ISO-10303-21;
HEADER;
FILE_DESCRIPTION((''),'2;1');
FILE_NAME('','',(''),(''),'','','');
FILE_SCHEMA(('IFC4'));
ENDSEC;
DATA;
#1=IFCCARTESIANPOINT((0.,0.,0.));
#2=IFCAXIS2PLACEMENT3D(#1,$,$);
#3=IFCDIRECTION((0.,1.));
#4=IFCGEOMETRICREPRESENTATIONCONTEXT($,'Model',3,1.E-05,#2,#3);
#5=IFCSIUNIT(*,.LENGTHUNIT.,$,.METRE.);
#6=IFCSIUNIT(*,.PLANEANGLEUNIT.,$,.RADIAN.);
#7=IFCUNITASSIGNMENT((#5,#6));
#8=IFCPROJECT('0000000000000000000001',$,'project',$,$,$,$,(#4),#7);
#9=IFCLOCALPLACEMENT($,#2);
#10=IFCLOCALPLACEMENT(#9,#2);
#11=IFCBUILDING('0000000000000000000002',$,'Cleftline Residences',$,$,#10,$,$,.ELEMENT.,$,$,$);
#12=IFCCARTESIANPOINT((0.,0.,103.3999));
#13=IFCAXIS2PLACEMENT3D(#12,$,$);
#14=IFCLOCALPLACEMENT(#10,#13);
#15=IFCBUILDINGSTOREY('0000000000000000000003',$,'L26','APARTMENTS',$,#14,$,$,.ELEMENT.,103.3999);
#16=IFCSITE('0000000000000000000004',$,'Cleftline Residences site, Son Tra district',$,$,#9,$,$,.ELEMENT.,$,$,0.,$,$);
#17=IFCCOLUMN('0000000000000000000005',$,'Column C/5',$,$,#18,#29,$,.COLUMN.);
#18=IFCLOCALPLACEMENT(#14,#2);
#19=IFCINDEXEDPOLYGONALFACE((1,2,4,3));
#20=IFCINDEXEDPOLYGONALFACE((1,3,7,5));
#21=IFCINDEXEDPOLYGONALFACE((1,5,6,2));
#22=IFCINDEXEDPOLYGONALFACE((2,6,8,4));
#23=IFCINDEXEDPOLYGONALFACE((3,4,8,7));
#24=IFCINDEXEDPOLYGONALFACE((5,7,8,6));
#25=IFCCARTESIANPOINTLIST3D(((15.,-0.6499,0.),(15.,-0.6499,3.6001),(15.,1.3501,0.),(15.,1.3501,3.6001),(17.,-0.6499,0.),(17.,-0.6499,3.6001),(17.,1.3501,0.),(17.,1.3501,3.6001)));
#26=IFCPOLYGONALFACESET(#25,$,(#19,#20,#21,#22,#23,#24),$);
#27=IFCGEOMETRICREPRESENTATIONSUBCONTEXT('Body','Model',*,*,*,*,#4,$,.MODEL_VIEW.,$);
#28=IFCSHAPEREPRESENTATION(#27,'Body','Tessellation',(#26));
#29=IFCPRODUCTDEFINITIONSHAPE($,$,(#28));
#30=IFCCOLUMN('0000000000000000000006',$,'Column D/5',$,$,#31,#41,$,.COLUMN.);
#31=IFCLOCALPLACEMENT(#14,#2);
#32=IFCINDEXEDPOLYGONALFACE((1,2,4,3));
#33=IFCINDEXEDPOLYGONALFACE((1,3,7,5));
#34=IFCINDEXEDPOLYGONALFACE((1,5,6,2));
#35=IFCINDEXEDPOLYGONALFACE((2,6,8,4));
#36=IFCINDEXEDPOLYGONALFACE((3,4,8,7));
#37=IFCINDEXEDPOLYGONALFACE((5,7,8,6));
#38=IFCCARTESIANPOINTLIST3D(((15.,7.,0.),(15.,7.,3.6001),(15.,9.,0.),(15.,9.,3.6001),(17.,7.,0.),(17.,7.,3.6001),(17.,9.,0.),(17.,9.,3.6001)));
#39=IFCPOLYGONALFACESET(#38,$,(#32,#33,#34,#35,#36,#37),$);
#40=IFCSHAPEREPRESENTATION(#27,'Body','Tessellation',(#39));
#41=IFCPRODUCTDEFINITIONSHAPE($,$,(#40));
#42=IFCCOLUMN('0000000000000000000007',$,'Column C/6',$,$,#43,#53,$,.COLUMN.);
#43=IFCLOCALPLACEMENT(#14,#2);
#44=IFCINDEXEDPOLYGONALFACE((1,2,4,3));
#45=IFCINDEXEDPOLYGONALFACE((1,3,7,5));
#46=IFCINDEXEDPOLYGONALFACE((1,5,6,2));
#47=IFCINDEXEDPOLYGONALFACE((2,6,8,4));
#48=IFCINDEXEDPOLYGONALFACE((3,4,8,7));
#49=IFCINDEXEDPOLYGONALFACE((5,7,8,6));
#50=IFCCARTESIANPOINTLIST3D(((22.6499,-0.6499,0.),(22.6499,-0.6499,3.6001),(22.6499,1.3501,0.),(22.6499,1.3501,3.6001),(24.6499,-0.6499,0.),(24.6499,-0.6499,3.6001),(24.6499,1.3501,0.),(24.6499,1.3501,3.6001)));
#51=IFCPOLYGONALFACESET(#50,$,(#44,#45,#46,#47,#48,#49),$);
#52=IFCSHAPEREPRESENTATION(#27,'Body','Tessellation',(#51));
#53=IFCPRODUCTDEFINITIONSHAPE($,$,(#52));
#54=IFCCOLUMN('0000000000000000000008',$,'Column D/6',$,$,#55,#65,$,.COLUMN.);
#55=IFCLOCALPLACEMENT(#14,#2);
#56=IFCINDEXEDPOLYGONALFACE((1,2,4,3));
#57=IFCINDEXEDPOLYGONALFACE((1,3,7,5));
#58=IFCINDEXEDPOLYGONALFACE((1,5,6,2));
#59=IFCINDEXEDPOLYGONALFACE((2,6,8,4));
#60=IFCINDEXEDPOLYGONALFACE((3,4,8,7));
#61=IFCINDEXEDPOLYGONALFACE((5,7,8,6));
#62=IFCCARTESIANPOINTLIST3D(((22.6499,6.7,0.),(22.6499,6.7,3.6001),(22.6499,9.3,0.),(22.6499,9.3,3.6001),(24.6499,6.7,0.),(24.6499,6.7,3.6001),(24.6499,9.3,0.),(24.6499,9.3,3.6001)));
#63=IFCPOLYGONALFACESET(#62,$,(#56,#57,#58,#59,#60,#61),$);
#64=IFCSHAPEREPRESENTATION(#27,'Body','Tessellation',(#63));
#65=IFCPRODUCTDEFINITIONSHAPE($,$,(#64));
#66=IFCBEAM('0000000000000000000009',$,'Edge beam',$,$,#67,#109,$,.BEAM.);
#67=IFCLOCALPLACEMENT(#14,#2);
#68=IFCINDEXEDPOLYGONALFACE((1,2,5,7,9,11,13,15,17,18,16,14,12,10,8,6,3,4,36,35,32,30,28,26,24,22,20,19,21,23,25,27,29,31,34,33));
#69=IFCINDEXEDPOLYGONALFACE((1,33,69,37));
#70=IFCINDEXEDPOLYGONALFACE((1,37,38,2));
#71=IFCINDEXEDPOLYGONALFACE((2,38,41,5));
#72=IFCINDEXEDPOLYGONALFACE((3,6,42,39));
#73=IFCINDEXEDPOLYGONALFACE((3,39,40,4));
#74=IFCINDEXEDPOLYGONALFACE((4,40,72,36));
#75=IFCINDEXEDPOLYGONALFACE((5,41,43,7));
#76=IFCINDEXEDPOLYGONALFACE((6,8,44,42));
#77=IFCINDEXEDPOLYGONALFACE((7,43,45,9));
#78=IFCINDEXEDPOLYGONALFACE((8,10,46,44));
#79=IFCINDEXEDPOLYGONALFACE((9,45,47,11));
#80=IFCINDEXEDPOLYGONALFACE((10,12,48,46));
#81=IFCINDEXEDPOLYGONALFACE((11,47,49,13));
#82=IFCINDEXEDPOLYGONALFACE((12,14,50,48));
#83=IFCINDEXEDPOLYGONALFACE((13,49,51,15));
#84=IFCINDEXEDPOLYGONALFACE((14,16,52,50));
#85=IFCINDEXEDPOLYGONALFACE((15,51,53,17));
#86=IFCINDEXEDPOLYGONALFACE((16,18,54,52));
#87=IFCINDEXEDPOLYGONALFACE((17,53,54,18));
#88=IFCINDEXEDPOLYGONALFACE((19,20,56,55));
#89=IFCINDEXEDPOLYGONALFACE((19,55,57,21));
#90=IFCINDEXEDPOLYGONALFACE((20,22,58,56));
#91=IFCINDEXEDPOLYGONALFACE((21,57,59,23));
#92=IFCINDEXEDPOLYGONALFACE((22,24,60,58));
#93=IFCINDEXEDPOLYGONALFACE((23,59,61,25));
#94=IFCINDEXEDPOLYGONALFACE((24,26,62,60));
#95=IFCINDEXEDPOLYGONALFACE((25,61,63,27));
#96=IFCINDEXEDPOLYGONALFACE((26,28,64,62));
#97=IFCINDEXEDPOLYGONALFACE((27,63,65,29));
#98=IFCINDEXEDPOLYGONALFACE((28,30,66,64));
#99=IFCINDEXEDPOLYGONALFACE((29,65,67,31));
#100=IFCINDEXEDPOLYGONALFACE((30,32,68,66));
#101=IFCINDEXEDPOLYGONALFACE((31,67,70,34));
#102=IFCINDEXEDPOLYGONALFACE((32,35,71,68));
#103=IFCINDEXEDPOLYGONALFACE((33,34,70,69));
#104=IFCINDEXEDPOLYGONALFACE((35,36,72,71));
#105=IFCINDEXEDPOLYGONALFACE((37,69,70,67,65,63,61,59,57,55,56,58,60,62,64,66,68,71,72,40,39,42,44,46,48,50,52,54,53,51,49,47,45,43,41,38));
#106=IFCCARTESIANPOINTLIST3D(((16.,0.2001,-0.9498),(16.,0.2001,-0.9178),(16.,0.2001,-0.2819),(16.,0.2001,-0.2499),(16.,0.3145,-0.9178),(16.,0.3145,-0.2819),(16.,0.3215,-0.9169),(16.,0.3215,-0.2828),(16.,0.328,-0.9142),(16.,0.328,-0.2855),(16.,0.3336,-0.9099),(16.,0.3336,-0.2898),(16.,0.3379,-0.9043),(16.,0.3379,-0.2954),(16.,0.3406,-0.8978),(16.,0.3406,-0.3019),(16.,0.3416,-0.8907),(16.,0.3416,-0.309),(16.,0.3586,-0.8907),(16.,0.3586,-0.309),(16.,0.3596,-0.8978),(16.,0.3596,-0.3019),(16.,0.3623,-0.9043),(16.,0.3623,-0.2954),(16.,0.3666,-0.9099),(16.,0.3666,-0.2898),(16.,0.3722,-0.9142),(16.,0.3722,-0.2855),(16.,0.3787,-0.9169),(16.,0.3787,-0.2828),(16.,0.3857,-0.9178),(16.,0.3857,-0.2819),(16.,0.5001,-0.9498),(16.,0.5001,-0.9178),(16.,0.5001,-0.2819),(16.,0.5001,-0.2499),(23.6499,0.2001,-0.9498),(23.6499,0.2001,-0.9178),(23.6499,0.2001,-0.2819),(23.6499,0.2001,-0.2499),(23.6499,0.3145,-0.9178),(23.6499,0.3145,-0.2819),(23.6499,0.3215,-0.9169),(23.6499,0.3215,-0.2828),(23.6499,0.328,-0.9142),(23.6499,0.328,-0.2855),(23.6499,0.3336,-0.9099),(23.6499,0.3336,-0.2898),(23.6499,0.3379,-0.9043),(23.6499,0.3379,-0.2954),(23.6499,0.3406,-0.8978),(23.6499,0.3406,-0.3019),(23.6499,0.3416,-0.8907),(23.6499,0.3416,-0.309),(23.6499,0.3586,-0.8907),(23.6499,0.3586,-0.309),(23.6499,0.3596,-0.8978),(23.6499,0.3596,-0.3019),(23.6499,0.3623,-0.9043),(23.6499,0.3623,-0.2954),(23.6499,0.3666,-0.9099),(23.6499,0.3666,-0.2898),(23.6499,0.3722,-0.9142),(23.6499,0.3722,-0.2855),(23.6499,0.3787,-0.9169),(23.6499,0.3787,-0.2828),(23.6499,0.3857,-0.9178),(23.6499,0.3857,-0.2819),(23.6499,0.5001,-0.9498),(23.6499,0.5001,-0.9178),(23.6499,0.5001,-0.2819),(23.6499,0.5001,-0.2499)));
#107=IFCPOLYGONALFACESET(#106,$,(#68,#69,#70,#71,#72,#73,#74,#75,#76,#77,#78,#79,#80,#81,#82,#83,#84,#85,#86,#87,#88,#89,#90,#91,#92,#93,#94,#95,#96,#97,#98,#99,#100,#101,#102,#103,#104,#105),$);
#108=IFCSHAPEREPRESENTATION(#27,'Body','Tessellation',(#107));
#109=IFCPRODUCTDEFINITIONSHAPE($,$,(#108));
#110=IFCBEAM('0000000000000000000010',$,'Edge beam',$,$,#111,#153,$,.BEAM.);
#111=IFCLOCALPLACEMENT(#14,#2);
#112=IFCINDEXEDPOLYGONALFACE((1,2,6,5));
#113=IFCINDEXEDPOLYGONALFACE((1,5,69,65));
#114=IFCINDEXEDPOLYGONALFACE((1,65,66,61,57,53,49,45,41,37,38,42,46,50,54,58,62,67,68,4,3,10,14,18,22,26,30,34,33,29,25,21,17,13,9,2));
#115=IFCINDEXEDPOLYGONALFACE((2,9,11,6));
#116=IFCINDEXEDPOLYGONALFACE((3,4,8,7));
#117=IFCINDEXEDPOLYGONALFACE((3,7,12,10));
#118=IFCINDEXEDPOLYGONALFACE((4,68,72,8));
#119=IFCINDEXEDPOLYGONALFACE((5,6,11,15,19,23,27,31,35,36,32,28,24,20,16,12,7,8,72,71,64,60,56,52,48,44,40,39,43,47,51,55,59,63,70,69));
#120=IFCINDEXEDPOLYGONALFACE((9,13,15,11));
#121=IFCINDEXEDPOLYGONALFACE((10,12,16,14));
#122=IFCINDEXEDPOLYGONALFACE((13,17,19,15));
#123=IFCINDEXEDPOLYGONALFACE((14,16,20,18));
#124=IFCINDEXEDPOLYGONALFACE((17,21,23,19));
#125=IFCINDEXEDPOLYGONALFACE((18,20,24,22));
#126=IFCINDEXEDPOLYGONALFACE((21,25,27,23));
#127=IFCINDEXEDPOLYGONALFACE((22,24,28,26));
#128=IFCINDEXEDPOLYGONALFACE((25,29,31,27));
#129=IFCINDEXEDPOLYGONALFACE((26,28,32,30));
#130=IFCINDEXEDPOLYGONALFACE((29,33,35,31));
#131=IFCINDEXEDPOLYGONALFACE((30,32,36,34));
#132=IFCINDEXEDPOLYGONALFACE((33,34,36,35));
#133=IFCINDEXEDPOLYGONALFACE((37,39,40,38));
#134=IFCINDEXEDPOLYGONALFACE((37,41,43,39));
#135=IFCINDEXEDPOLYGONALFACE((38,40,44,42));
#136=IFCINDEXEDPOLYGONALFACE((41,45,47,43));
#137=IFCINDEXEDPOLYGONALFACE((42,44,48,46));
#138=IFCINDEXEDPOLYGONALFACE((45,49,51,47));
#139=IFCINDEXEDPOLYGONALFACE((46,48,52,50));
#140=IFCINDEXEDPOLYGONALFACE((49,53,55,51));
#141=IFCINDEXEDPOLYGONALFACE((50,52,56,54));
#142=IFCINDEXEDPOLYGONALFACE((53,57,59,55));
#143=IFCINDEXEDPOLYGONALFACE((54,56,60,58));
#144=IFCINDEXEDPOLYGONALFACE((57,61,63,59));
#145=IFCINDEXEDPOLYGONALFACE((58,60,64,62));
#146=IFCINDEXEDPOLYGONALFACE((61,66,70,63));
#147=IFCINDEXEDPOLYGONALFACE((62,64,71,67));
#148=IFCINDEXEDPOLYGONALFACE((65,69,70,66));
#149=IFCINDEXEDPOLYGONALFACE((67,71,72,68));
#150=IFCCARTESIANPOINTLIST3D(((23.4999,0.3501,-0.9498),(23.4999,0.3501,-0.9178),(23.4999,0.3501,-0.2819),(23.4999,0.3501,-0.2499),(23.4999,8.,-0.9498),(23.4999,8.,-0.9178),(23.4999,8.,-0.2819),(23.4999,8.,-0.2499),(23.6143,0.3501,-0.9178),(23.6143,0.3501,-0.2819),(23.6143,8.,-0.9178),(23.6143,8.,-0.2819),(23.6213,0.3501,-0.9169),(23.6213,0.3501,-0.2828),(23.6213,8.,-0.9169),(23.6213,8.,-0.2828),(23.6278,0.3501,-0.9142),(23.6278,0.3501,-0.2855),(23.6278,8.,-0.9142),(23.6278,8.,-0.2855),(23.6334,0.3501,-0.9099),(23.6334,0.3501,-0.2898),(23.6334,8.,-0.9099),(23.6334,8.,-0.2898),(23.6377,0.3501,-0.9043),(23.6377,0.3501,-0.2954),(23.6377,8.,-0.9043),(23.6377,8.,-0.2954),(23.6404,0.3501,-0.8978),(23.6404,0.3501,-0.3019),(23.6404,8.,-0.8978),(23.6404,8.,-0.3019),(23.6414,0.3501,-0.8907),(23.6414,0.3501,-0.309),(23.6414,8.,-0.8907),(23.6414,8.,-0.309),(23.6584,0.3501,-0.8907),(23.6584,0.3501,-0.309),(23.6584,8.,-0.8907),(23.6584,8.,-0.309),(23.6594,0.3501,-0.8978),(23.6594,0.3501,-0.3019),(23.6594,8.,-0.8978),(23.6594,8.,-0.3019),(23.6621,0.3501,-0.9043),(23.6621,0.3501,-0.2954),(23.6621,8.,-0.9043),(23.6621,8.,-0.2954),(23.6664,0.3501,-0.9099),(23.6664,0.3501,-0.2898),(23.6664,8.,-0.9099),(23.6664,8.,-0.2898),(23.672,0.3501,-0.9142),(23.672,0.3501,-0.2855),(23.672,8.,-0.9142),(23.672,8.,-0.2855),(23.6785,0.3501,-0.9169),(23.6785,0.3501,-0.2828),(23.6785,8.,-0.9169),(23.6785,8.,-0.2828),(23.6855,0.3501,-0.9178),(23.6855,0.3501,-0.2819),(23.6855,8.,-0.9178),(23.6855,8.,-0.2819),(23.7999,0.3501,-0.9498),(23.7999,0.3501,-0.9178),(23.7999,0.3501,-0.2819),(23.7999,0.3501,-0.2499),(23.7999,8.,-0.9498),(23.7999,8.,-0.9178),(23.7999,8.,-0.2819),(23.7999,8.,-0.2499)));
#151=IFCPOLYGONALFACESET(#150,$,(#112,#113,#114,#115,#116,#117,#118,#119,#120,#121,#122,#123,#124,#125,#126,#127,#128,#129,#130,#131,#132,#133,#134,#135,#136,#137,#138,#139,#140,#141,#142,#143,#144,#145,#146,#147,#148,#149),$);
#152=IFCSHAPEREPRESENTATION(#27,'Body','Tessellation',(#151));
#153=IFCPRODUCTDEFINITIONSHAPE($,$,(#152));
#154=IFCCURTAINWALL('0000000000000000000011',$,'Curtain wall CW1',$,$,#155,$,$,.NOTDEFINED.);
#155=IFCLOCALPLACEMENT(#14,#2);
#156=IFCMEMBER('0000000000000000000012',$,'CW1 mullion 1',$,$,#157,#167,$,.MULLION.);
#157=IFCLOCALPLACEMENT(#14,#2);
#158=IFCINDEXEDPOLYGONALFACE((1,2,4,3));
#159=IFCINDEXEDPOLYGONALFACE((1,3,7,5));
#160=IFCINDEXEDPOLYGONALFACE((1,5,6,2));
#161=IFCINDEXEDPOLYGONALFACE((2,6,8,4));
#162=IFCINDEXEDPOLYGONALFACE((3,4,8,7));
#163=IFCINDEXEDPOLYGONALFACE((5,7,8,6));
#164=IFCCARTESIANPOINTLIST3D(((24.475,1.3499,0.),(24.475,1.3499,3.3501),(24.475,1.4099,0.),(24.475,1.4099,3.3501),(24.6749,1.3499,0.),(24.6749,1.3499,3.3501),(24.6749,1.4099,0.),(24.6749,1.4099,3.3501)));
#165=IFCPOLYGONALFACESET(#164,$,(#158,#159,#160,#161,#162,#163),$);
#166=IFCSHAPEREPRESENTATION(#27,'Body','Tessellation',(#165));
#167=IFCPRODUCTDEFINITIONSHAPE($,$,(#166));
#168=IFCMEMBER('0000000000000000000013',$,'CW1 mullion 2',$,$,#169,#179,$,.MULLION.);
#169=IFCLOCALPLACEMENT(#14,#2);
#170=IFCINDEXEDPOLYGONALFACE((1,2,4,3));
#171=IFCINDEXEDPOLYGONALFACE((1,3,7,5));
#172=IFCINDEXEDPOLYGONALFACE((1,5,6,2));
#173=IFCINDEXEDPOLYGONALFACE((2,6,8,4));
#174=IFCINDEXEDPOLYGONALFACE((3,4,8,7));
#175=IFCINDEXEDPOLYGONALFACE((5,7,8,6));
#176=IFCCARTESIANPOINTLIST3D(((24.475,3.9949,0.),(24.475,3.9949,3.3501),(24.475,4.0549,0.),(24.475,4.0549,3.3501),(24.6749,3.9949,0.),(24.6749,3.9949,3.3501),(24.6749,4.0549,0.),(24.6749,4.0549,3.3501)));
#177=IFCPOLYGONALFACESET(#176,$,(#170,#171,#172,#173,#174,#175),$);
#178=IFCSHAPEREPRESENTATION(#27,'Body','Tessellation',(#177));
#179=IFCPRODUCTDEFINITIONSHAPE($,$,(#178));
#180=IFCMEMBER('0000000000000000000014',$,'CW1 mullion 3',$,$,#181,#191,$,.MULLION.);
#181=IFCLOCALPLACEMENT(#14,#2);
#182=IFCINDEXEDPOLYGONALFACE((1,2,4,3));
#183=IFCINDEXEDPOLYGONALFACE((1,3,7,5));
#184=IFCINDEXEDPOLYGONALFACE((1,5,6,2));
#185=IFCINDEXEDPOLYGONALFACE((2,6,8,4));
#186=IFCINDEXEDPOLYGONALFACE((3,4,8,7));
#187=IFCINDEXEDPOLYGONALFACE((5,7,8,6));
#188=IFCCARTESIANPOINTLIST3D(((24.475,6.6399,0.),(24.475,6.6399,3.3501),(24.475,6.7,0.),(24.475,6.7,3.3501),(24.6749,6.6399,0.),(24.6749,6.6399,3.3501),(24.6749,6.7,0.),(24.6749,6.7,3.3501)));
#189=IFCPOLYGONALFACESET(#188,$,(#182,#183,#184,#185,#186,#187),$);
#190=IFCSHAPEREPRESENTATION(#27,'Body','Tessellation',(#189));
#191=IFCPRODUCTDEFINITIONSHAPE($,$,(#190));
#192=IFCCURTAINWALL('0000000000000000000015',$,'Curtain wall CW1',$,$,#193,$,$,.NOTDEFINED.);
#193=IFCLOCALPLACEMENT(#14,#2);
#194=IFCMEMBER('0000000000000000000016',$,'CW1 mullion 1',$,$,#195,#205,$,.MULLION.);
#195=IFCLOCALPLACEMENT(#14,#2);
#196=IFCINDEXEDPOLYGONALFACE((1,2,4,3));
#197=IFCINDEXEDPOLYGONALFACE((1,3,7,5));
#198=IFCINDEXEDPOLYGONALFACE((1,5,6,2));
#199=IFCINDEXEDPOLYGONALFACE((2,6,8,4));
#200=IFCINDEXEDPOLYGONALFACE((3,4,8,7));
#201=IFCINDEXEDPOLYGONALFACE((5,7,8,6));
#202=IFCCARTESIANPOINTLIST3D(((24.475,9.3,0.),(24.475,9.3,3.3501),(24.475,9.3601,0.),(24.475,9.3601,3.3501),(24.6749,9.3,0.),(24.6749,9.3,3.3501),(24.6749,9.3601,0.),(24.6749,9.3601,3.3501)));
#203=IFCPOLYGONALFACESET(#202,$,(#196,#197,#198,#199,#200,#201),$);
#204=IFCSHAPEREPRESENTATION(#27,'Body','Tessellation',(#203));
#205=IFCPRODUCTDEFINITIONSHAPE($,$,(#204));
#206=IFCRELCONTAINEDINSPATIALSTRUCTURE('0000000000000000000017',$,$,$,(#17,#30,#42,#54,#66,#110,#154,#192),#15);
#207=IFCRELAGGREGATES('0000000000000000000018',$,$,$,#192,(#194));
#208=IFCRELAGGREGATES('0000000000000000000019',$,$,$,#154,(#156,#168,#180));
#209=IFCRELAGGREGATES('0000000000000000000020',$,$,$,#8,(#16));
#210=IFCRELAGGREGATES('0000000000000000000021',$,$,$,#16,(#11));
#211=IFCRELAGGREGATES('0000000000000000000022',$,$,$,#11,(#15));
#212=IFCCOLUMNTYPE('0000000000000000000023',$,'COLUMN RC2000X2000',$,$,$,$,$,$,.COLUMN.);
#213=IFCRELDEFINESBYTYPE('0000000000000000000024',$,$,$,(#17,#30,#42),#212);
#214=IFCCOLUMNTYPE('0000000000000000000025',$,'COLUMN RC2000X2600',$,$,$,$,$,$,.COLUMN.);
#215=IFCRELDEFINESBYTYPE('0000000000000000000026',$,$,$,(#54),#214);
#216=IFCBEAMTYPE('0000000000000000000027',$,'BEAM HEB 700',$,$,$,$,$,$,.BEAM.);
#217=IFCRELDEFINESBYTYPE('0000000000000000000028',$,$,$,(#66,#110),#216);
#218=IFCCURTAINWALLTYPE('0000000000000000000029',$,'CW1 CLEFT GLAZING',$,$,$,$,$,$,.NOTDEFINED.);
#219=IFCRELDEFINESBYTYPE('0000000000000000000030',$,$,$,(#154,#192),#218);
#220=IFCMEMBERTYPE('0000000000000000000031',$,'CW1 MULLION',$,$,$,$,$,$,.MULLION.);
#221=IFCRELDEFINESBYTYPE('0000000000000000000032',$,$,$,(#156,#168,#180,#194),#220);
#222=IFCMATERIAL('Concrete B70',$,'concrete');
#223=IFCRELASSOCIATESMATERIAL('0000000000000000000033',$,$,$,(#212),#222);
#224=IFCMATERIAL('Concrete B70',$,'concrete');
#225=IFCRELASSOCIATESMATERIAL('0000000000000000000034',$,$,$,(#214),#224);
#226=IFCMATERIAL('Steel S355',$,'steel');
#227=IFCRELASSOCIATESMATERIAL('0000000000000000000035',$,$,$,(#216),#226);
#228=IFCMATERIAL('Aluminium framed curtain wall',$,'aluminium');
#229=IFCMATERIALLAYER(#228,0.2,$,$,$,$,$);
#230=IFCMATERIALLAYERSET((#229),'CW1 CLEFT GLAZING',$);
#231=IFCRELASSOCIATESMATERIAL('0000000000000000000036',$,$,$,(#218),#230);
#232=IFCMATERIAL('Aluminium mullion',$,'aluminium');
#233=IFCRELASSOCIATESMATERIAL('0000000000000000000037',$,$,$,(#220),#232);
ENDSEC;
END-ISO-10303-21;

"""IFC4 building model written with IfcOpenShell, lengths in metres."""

from ifc_helpers import new_model, si_unit, direction, frame, origin, origin_2d, place, context, subcontext, project, spatial, rectangle, i_section, extrude, material, layer, layer_set, material_profile, profile_set, type_object, element, aggregate, save


model = new_model("IFC4")

# Units and contexts
model_context = context("Model", 3, precision=1e-05, world=origin(), true_north=direction((0.0, 1.0)))
body_context = subcontext(model_context, "Body", "Model", "MODEL_VIEW")
ifc_project = project(units=[si_unit("LENGTHUNIT", "METRE"), si_unit("PLANEANGLEUNIT", "RADIAN")], contexts=[model_context])

# Site, building, storey
site_placement = place(None, origin())
site = spatial("IfcSite", under=ifc_project, at=site_placement, Name="Cleftline Residences site, Son Tra district", CompositionType="ELEMENT", RefElevation=0.0)
building_placement = place(site_placement, origin())
building = spatial("IfcBuilding", under=site, at=building_placement, Name="Cleftline Residences", CompositionType="ELEMENT")
storey_placement = place(building_placement, frame((0.0, 0.0, 103.3999)))
storey = spatial("IfcBuildingStorey", under=building, at=storey_placement, Name="L26", Description="APARTMENTS", CompositionType="ELEMENT", Elevation=103.3999)

# Columns
ifc_material_1 = material(Name="Concrete B70", Category="concrete")
ifc_material_profile_1 = material_profile(ifc_material_1, rectangle(XDim=2.0, YDim=2.0, at=origin_2d()))
ifc_profile_set_1 = profile_set([ifc_material_profile_1], Name="Concrete B70")
column_type_1 = type_object("IfcColumnType", Name="COLUMN RC2000X2000", PredefinedType="COLUMN", material=ifc_profile_set_1)
for number, where, z_axis, x_axis, name in (
    (1, (16.0, 0.3501, 0.0), (0.0, 0.0, 1.0), (1.0, 0.0, 0.0), "Column C/5"),
    (2, (16.0, 8.0, 0.0), (0.0, 0.0, 1.0), (1.0, 0.0, 0.0), "Column D/5"),
    (3, (23.6499, 0.3501, 0.0), (0.0, 0.0, 1.0), (1.0, 0.0, 0.0), "Column C/6"),
):
    element("IfcColumn", number, at=place(storey_placement, frame(where, z_axis=z_axis, x_axis=x_axis)), inside=storey, type_object=column_type_1, Name=name, PredefinedType="COLUMN", context=body_context, shape_type="SweptSolid", body=[
        extrude(rectangle(XDim=2.0, YDim=2.0, at=origin_2d()), origin(), (0.0, 0.0, 1.0), 3.6001),
    ])
ifc_material_2 = material(Name="Concrete B70", Category="concrete")
ifc_material_profile_2 = material_profile(ifc_material_2, rectangle(XDim=2.0, YDim=2.6001, at=origin_2d()))
ifc_profile_set_2 = profile_set([ifc_material_profile_2], Name="Concrete B70")
column_type_2 = type_object("IfcColumnType", Name="COLUMN RC2000X2600", PredefinedType="COLUMN", material=ifc_profile_set_2)
column_placement = place(storey_placement, frame((23.6499, 8.0, 0.0), z_axis=(0.0, 0.0, 1.0), x_axis=(1.0, 0.0, 0.0)))
element("IfcColumn", 4, at=column_placement, inside=storey, type_object=column_type_2, Name="Column D/6", PredefinedType="COLUMN", context=body_context, shape_type="SweptSolid", body=[
    extrude(rectangle(XDim=2.0, YDim=2.6001, at=origin_2d()), origin(), (0.0, 0.0, 1.0), 3.6001),
])

# Beams
ifc_material_3 = material(Name="Steel S355", Category="steel")
ifc_material_profile_3 = material_profile(ifc_material_3, i_section(OverallWidth=0.3, OverallDepth=0.7, WebThickness=0.0171, FlangeThickness=0.032, FilletRadius=0.0271, at=origin_2d()))
ifc_profile_set_3 = profile_set([ifc_material_profile_3], Name="Steel S355")
beam_type = type_object("IfcBeamType", Name="BEAM HEB 700", PredefinedType="BEAM", material=ifc_profile_set_3)
for number, where, z_axis, x_axis, name in (
    (5, (16.0, 0.3501, -0.5999), (1.0, 0.0, 0.0), (0.0, 1.0, 0.0), "Edge beam"),
    (6, (23.6499, 0.3501, -0.5999), (0.0, 1.0, 0.0), (-1.0, 0.0, 0.0), "Edge beam"),
):
    element("IfcBeam", number, at=place(storey_placement, frame(where, z_axis=z_axis, x_axis=x_axis)), inside=storey, type_object=beam_type, Name=name, PredefinedType="BEAM", context=body_context, shape_type="SweptSolid", body=[
        extrude(i_section(OverallWidth=0.3, OverallDepth=0.7, WebThickness=0.0171, FlangeThickness=0.032, FilletRadius=0.0271, at=origin_2d()), origin(), (0.0, 0.0, 1.0), 7.6499),
    ])

# Curtain wall, members
ifc_material_4 = material(Name="Aluminium framed curtain wall", Category="aluminium")
ifc_layer_1 = layer(ifc_material_4, 0.2)
ifc_layer_set_1 = layer_set([ifc_layer_1], Name="CW1 CLEFT GLAZING")
curtain_wall_type = type_object("IfcCurtainWallType", Name="CW1 CLEFT GLAZING", PredefinedType="NOTDEFINED", material=ifc_layer_set_1)
curtain_wall_1_placement = place(storey_placement, origin())
curtain_wall_1 = element("IfcCurtainWall", 7, at=curtain_wall_1_placement, inside=storey, type_object=curtain_wall_type, Name="Curtain wall CW1", PredefinedType="NOTDEFINED")
ifc_material_5 = material(Name="Aluminium mullion", Category="aluminium")
ifc_material_profile_4 = material_profile(ifc_material_5, rectangle(XDim=0.2, YDim=0.0601, at=origin_2d()))
ifc_profile_set_4 = profile_set([ifc_material_profile_4], Name="Aluminium mullion")
member_type_1 = type_object("IfcMemberType", Name="CW1 MULLION", PredefinedType="MULLION", material=ifc_profile_set_4)
member_1_placement = place(storey_placement, frame((24.575, 1.3799, 0.0), z_axis=(0.0, 0.0, 1.0), x_axis=(-1.0, 0.0, 0.0)))
member_1 = element("IfcMember", 8, at=member_1_placement, type_object=member_type_1, Name="CW1 mullion 1", PredefinedType="MULLION", context=body_context, shape_type="SweptSolid", body=[
    extrude(rectangle(XDim=0.2, YDim=0.0601, at=origin_2d()), origin(), (0.0, 0.0, 1.0), 3.3501),
])
member_2_placement = place(storey_placement, frame((24.575, 4.0249, 0.0), z_axis=(0.0, 0.0, 1.0), x_axis=(-1.0, 0.0, 0.0)))
member_2 = element("IfcMember", 9, at=member_2_placement, type_object=member_type_1, Name="CW1 mullion 2", PredefinedType="MULLION", context=body_context, shape_type="SweptSolid", body=[
    extrude(rectangle(XDim=0.2, YDim=0.0601, at=origin_2d()), origin(), (0.0, 0.0, 1.0), 3.3501),
])
member_3_placement = place(storey_placement, frame((24.575, 6.6699, 0.0), z_axis=(0.0, 0.0, 1.0), x_axis=(-1.0, 0.0, 0.0)))
member_3 = element("IfcMember", 10, at=member_3_placement, type_object=member_type_1, Name="CW1 mullion 3", PredefinedType="MULLION", context=body_context, shape_type="SweptSolid", body=[
    extrude(rectangle(XDim=0.2, YDim=0.0601, at=origin_2d()), origin(), (0.0, 0.0, 1.0), 3.3501),
])

# Curtain wall, member
curtain_wall_2_placement = place(storey_placement, origin())
curtain_wall_2 = element("IfcCurtainWall", 11, at=curtain_wall_2_placement, inside=storey, type_object=curtain_wall_type, Name="Curtain wall CW1", PredefinedType="NOTDEFINED")
member_4_placement = place(storey_placement, frame((24.575, 9.3301, 0.0), z_axis=(0.0, 0.0, 1.0), x_axis=(-1.0, 0.0, 0.0)))
member_4 = element("IfcMember", 12, at=member_4_placement, type_object=member_type_1, Name="CW1 mullion 1", PredefinedType="MULLION", context=body_context, shape_type="SweptSolid", body=[
    extrude(rectangle(XDim=0.2, YDim=0.0601, at=origin_2d()), origin(), (0.0, 0.0, 1.0), 3.3501),
])

aggregate(curtain_wall_2, [member_4])

aggregate(curtain_wall_1, [member_1, member_2, member_3])

save(model, "model.ifc")
